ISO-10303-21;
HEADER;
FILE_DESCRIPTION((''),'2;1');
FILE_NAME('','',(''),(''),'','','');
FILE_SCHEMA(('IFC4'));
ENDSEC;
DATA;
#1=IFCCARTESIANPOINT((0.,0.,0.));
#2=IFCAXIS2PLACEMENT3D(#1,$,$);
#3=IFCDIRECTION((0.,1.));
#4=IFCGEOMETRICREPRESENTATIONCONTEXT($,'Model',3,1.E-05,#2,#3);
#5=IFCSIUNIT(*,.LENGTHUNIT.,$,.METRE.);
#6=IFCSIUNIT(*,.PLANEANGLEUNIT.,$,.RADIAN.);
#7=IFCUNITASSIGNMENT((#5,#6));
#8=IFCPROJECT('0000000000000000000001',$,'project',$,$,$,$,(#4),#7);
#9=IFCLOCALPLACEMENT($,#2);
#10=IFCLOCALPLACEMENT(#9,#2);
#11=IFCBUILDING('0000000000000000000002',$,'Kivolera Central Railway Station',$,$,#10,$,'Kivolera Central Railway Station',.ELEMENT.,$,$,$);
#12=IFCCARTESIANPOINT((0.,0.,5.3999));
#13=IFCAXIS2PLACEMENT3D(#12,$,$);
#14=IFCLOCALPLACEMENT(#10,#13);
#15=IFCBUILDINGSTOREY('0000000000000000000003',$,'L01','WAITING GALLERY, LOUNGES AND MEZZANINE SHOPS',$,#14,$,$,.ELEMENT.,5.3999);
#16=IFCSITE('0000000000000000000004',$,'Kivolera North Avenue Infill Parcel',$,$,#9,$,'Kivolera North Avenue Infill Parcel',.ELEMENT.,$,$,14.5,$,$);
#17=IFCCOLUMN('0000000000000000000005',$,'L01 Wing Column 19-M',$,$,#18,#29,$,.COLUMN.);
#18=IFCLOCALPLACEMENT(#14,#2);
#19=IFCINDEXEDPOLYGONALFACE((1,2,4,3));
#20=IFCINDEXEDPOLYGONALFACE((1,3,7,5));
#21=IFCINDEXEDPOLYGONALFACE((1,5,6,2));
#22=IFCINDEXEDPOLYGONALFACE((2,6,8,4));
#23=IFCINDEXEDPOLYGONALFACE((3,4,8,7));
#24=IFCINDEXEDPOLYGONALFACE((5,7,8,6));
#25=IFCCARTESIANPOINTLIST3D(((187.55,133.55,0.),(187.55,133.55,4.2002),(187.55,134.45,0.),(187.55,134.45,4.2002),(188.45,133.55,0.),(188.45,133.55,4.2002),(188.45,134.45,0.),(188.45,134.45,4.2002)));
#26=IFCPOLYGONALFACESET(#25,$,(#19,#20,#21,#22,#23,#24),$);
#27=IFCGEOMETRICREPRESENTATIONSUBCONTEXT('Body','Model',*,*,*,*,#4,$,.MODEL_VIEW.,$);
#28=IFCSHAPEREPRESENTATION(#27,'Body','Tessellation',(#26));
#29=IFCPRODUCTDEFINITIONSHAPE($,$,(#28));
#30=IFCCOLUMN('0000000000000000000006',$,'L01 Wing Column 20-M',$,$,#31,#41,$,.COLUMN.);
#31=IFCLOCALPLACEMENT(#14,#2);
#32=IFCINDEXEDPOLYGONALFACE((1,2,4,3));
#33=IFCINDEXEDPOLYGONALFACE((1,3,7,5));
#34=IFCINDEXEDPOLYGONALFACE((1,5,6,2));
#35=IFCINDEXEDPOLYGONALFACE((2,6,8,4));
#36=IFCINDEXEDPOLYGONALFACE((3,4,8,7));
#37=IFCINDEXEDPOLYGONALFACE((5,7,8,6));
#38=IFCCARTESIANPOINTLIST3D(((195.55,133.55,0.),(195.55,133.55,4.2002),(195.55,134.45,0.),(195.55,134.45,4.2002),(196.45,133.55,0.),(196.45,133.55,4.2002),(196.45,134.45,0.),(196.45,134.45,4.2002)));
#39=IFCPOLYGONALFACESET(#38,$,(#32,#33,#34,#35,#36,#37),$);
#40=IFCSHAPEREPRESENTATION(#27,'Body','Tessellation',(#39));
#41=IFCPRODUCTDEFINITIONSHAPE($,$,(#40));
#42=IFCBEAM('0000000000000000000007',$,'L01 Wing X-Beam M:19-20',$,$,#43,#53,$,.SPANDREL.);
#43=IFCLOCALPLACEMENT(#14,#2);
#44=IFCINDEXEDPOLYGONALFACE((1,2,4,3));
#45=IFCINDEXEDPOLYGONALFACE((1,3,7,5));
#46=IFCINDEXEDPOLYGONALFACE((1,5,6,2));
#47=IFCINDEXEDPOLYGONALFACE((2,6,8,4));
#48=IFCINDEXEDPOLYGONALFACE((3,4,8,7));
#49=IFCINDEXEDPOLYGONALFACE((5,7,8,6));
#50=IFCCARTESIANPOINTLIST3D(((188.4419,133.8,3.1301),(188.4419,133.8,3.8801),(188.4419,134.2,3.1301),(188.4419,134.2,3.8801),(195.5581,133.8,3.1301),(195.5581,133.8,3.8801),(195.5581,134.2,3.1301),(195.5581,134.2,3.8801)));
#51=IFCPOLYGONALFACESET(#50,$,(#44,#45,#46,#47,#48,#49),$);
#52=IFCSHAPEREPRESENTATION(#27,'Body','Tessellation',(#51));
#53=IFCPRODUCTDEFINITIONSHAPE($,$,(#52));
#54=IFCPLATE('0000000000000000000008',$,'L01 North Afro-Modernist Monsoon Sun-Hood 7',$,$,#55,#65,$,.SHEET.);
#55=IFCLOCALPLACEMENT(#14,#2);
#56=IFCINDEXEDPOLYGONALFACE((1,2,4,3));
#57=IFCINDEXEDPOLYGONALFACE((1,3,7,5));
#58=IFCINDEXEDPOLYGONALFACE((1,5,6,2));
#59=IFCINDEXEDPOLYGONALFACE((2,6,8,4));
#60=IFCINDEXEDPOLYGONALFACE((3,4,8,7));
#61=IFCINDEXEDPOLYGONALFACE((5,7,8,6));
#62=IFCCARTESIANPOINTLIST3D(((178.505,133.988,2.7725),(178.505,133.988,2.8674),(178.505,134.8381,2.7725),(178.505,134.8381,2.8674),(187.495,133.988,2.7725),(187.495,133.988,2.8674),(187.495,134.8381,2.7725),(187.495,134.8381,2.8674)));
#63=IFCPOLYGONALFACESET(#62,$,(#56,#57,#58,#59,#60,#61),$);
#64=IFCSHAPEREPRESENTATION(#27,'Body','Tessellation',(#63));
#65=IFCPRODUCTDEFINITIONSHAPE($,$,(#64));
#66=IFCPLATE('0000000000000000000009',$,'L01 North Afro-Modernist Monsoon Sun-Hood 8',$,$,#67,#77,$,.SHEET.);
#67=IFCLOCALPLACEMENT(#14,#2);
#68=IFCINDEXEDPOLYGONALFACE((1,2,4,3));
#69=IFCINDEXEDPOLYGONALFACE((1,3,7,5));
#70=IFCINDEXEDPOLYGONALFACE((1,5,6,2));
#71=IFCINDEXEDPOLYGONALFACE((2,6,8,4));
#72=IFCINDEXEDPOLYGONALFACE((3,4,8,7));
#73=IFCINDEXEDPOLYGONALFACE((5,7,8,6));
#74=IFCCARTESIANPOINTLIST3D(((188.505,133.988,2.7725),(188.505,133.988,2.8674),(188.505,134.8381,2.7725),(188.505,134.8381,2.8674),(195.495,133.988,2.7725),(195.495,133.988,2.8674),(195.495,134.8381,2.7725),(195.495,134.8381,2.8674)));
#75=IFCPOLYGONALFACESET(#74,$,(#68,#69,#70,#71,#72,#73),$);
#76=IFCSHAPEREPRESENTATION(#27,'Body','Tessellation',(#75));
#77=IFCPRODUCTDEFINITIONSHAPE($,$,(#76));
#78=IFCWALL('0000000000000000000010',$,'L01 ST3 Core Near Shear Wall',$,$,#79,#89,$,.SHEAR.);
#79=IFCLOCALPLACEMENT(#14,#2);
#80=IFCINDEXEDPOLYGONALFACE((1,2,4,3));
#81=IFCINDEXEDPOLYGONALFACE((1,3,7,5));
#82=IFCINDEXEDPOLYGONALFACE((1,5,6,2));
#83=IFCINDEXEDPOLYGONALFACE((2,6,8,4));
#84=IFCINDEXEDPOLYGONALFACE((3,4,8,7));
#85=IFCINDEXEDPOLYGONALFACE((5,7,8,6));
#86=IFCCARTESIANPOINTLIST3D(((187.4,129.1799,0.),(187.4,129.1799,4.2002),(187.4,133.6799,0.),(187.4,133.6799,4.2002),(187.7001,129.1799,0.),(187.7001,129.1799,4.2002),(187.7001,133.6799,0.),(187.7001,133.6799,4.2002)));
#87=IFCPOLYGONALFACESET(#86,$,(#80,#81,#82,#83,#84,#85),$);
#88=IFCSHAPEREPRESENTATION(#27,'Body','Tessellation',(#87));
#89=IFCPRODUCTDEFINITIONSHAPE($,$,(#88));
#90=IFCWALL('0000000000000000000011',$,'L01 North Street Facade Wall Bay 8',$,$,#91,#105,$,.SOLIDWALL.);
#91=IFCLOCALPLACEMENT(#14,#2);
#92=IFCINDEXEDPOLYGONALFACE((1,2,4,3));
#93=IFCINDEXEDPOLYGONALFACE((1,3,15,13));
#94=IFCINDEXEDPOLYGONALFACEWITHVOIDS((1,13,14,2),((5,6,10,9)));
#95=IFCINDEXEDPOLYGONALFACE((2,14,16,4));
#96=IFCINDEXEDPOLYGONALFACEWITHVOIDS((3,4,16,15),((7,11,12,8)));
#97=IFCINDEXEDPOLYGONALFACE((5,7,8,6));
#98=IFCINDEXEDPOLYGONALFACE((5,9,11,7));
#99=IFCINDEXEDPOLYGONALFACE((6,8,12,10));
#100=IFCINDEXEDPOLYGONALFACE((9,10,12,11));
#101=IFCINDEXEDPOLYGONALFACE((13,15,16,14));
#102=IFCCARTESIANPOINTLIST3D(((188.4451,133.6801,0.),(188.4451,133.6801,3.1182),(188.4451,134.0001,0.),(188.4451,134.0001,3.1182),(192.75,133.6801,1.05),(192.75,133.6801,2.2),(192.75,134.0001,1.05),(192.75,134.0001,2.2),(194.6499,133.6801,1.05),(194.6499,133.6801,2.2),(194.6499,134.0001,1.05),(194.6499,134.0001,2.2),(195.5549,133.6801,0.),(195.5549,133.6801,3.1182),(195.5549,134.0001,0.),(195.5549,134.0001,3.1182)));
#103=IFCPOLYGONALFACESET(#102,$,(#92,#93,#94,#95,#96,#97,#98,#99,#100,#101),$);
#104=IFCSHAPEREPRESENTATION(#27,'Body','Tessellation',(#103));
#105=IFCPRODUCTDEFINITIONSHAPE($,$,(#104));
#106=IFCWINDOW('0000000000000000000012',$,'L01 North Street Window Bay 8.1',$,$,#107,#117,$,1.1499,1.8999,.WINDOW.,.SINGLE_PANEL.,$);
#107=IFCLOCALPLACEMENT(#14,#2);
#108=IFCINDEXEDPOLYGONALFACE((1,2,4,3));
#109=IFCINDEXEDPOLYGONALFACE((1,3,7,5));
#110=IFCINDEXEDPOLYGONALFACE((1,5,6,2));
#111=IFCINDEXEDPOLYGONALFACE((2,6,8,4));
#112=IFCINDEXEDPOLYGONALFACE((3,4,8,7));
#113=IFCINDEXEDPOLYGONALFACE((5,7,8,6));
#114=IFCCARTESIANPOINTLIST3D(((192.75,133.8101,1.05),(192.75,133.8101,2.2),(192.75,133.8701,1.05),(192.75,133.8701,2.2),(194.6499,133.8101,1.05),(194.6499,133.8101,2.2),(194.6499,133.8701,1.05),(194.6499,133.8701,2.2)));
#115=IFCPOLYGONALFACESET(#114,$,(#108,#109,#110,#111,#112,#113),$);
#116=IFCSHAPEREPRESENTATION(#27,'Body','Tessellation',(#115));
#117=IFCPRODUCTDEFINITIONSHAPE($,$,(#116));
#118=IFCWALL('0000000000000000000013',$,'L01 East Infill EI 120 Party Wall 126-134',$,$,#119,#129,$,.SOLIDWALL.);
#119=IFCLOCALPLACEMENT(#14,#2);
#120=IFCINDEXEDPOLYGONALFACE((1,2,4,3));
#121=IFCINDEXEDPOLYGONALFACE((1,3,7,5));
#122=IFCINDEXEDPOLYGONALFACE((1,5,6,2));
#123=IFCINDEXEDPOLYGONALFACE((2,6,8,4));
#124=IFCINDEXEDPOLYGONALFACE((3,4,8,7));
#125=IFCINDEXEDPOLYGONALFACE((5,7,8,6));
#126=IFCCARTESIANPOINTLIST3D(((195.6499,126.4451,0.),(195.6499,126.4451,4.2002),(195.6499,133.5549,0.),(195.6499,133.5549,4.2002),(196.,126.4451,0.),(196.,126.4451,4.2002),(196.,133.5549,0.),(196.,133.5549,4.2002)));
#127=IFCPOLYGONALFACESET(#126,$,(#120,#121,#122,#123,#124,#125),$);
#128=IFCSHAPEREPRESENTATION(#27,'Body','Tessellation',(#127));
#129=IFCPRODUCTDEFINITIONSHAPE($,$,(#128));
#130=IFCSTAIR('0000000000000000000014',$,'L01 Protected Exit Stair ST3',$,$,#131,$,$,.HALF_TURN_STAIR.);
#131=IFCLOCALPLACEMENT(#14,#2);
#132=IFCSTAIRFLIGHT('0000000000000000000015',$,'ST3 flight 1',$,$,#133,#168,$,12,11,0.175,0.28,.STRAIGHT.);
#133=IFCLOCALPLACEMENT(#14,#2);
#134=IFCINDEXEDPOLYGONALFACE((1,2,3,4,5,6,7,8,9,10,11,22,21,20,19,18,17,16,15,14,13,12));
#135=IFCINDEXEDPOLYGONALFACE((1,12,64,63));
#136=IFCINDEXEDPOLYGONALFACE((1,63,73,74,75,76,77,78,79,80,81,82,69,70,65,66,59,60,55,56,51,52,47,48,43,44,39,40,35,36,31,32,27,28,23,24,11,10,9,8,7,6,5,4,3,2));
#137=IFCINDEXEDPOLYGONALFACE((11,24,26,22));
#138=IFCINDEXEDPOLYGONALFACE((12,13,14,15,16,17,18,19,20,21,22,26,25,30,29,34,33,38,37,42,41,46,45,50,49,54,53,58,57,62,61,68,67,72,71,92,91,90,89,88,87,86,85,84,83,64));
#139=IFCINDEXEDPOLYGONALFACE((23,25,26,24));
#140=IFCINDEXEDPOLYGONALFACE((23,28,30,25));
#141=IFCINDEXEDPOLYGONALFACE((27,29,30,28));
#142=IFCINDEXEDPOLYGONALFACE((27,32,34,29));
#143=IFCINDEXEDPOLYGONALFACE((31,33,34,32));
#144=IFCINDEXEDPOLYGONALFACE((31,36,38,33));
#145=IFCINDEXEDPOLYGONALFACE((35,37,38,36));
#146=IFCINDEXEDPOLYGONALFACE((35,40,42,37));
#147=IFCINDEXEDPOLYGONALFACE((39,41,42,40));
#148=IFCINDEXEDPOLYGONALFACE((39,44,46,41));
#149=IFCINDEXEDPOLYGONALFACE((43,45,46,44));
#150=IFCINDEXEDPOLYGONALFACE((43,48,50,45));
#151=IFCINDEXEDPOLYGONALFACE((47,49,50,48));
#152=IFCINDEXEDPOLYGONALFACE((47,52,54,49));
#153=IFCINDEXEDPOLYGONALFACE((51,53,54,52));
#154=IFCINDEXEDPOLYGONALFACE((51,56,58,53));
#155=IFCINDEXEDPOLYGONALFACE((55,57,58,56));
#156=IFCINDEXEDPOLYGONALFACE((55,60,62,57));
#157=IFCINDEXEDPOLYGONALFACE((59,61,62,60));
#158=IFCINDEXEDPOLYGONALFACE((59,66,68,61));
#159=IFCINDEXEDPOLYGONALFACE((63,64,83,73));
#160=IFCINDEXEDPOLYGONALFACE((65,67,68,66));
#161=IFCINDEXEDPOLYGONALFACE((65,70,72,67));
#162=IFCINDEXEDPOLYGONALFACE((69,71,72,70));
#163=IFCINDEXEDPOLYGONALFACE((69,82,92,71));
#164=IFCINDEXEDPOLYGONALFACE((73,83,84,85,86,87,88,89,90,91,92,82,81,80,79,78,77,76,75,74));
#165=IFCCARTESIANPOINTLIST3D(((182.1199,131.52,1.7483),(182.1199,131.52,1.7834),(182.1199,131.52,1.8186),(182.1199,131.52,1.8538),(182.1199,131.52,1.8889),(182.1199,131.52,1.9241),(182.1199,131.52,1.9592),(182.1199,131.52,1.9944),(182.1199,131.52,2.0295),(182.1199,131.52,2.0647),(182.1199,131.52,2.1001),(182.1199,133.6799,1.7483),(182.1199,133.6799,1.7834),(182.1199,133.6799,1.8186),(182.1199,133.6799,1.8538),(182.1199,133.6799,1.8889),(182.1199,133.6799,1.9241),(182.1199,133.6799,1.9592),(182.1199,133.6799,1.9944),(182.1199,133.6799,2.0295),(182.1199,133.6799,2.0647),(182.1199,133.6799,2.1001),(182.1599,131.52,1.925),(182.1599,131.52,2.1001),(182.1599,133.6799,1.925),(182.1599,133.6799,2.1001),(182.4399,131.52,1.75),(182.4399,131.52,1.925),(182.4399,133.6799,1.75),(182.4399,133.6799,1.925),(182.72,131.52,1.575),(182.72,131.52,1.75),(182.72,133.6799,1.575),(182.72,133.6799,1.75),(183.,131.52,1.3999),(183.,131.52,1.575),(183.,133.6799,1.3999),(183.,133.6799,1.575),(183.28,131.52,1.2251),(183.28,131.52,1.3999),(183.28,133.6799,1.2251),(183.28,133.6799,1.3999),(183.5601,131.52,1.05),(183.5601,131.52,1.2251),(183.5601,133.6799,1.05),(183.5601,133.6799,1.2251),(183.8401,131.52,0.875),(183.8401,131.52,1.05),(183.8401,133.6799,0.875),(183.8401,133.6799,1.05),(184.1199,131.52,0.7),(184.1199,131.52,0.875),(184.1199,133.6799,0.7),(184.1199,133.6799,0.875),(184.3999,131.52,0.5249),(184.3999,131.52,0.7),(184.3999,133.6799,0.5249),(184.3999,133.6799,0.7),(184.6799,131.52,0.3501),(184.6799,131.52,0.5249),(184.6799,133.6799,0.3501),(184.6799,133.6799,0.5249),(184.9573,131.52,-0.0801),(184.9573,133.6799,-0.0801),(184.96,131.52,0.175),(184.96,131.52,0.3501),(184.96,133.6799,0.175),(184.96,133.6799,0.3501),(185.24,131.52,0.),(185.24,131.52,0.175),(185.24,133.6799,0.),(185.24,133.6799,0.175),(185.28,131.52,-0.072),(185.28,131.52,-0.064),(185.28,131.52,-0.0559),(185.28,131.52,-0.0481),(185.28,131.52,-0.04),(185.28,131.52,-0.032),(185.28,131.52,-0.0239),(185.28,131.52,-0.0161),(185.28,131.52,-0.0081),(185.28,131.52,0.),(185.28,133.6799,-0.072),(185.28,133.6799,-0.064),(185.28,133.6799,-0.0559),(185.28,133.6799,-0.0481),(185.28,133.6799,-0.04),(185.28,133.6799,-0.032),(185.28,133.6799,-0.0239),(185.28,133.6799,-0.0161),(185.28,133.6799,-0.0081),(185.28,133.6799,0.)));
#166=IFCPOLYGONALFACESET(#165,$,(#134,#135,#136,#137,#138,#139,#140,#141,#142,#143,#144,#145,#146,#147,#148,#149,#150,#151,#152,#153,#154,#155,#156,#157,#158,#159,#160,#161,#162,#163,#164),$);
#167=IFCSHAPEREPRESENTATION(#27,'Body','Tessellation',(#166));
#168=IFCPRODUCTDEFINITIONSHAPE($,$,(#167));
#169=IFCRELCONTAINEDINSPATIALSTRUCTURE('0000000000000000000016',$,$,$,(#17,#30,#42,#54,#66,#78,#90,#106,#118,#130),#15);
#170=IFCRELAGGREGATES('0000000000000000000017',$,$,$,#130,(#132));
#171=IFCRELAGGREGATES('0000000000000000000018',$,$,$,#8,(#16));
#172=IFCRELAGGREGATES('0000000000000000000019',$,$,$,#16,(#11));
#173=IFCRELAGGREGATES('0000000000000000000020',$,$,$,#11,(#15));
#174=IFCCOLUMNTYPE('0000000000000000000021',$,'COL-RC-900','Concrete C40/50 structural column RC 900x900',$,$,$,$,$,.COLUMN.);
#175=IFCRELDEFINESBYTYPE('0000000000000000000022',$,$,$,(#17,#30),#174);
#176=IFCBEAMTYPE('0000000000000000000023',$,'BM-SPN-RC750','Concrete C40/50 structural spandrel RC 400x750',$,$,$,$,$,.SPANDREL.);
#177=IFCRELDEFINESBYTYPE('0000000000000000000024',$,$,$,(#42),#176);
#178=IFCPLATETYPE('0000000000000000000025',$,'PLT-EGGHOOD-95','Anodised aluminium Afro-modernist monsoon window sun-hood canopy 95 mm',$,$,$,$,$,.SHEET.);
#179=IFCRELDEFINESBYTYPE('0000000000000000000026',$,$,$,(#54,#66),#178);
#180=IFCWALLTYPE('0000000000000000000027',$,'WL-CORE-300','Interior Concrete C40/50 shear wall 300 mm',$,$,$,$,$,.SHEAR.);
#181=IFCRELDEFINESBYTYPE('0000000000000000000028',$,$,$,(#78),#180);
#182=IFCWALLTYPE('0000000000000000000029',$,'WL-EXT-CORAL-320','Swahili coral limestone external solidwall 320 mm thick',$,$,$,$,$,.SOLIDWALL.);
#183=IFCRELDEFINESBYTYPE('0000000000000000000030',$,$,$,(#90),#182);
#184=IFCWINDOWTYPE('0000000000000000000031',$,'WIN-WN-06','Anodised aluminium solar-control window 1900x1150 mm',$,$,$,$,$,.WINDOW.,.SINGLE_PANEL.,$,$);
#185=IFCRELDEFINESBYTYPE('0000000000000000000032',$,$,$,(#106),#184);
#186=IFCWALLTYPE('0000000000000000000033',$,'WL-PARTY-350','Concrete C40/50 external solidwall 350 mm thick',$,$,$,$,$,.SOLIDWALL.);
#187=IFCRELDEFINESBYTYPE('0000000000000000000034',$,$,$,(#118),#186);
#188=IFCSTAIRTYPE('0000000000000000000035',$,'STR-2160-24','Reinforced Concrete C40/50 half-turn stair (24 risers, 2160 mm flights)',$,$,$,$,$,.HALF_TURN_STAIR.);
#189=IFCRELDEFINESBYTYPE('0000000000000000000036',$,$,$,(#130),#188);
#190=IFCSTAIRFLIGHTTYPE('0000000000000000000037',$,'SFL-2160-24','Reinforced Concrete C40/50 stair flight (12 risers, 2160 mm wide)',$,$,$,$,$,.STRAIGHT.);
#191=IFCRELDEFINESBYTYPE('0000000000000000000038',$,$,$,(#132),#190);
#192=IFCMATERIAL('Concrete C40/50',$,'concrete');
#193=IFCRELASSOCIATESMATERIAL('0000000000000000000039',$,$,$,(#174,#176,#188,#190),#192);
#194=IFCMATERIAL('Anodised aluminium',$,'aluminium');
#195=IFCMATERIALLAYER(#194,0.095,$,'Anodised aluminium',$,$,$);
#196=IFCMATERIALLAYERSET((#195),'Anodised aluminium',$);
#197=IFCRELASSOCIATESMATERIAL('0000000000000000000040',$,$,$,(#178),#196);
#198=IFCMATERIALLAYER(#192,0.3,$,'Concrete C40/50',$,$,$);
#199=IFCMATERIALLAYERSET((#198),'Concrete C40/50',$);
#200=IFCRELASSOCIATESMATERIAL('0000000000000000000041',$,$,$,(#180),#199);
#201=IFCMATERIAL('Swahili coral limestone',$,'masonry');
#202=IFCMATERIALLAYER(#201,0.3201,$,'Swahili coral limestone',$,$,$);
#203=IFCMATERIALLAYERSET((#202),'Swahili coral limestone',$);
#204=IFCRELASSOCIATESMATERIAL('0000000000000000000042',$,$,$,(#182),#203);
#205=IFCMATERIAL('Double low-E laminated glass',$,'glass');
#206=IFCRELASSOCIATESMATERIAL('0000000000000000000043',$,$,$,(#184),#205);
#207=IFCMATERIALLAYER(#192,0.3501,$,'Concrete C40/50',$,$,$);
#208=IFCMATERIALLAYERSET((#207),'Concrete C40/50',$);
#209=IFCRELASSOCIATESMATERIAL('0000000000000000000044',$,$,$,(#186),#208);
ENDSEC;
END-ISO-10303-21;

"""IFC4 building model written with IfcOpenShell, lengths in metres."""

from ifc_helpers import new_model, si_unit, direction, frame, frame_2d, origin, origin_2d, place, context, subcontext, project, spatial, polyline, rectangle, outline, extrude, material, layer, layer_set, material_profile, profile_set, type_object, element, fill, aggregate, save


model = new_model("IFC4")

# Units and contexts
model_context = context("Model", 3, precision=1e-05, world=origin(), true_north=direction((0.0, 1.0)))
body_context = subcontext(model_context, "Body", "Model", "MODEL_VIEW")
ifc_project = project(units=[si_unit("LENGTHUNIT", "METRE"), si_unit("PLANEANGLEUNIT", "RADIAN")], contexts=[model_context])

# Site, building, storey
site_placement = place(None, origin())
site = spatial("IfcSite", under=ifc_project, at=site_placement, Name="Kivolera North Avenue Infill Parcel", LongName="Kivolera North Avenue Infill Parcel", CompositionType="ELEMENT", RefElevation=14.5)
building_placement = place(site_placement, origin())
building = spatial("IfcBuilding", under=site, at=building_placement, Name="Kivolera Central Railway Station", LongName="Kivolera Central Railway Station", CompositionType="ELEMENT")
storey_placement = place(building_placement, frame((0.0, 0.0, 5.3999)))
storey = spatial("IfcBuildingStorey", under=building, at=storey_placement, Name="L01", Description="WAITING GALLERY, LOUNGES AND MEZZANINE SHOPS", CompositionType="ELEMENT", Elevation=5.3999)

# Columns
ifc_material_1 = material(Name="Concrete C40/50", Category="concrete")
ifc_material_profile_1 = material_profile(ifc_material_1, rectangle(XDim=0.8999, YDim=0.8999, at=origin_2d()), Name="RC 900x900")
ifc_profile_set_1 = profile_set([ifc_material_profile_1], Name="Concrete C40/50")
column_type = type_object("IfcColumnType", Name="COL-RC-900", Description="Concrete C40/50 structural column RC 900x900", PredefinedType="COLUMN", material=ifc_profile_set_1)
for number, where, z_axis, x_axis, name in (
    (1, (188.0, 134.0, 0.0), (0.0, 0.0, 1.0), (1.0, 0.0, 0.0), "L01 Wing Column 19-M"),
    (2, (196.0, 134.0, 0.0), (0.0, 0.0, 1.0), (1.0, 0.0, 0.0), "L01 Wing Column 20-M"),
):
    element("IfcColumn", number, at=place(storey_placement, frame(where, z_axis=z_axis, x_axis=x_axis)), inside=storey, type_object=column_type, Name=name, PredefinedType="COLUMN", context=body_context, shape_type="SweptSolid", body=[
        extrude(rectangle(XDim=0.8999, YDim=0.8999, at=origin_2d()), origin(), (0.0, 0.0, 1.0), 4.2002),
    ])

# Beam
ifc_material_profile_2 = material_profile(ifc_material_1, rectangle(XDim=0.3999, YDim=0.75, at=origin_2d()), Name="RC 400x750")
ifc_profile_set_2 = profile_set([ifc_material_profile_2], Name="Concrete C40/50")
beam_type = type_object("IfcBeamType", Name="BM-SPN-RC750", Description="Concrete C40/50 structural spandrel RC 400x750", PredefinedType="SPANDREL", material=ifc_profile_set_2)
beam_placement = place(storey_placement, frame((188.4419, 134.0, 3.5051), z_axis=(1.0, 0.0, 0.0), x_axis=(0.0, 1.0, 0.0)))
element("IfcBeam", 3, at=beam_placement, inside=storey, type_object=beam_type, Name="L01 Wing X-Beam M:19-20", PredefinedType="SPANDREL", context=body_context, shape_type="SweptSolid", body=[
    extrude(rectangle(XDim=0.3999, YDim=0.75, at=origin_2d()), origin(), (0.0, 0.0, 1.0), 7.1162),
])

# Plates
ifc_material_2 = material(Name="Anodised aluminium", Category="aluminium")
ifc_layer_1 = layer(ifc_material_2, 0.095, Name="Anodised aluminium")
ifc_layer_set_1 = layer_set([ifc_layer_1], Name="Anodised aluminium")
plate_type = type_object("IfcPlateType", Name="PLT-EGGHOOD-95", Description="Anodised aluminium Afro-modernist monsoon window sun-hood canopy 95 mm", PredefinedType="SHEET", material=ifc_layer_set_1)
plate_1_placement = place(storey_placement, frame((183.0, 134.4131, 2.7725), z_axis=(0.0, 0.0, 1.0), x_axis=(1.0, 0.0, 0.0)))
element("IfcPlate", 4, at=plate_1_placement, inside=storey, type_object=plate_type, Name="L01 North Afro-Modernist Monsoon Sun-Hood 7", PredefinedType="SHEET", context=body_context, shape_type="SweptSolid", body=[
    extrude(rectangle(XDim=8.99, YDim=0.8501, at=origin_2d()), origin(), (0.0, 0.0, 1.0), 0.095),
])
plate_2_placement = place(storey_placement, frame((192.0, 134.4131, 2.7725), z_axis=(0.0, 0.0, 1.0), x_axis=(1.0, 0.0, 0.0)))
element("IfcPlate", 5, at=plate_2_placement, inside=storey, type_object=plate_type, Name="L01 North Afro-Modernist Monsoon Sun-Hood 8", PredefinedType="SHEET", context=body_context, shape_type="SweptSolid", body=[
    extrude(rectangle(XDim=6.99, YDim=0.8501, at=origin_2d()), origin(), (0.0, 0.0, 1.0), 0.095),
])

# Wall
ifc_layer_2 = layer(ifc_material_1, 0.3, Name="Concrete C40/50")
ifc_layer_set_2 = layer_set([ifc_layer_2], Name="Concrete C40/50")
wall_type_1 = type_object("IfcWallType", Name="WL-CORE-300", Description="Interior Concrete C40/50 shear wall 300 mm", PredefinedType="SHEAR", material=ifc_layer_set_2)
wall_1_placement = place(storey_placement, frame((187.55, 133.6799, 0.0), z_axis=(0.0, 0.0, 1.0), x_axis=(0.0, -1.0, 0.0)))
element("IfcWall", 6, at=wall_1_placement, inside=storey, type_object=wall_type_1, Name="L01 ST3 Core Near Shear Wall", PredefinedType="SHEAR", context=body_context, shape_type="SweptSolid", body=[
    extrude(rectangle(XDim=4.5, YDim=0.3, at=frame_2d((2.25, 0.0))), origin(), (0.0, 0.0, 1.0), 4.2002),
])

# Wall, opening, window
ifc_material_3 = material(Name="Swahili coral limestone", Category="masonry")
ifc_layer_3 = layer(ifc_material_3, 0.3201, Name="Swahili coral limestone")
ifc_layer_set_3 = layer_set([ifc_layer_3], Name="Swahili coral limestone")
wall_type_2 = type_object("IfcWallType", Name="WL-EXT-CORAL-320", Description="Swahili coral limestone external solidwall 320 mm thick", PredefinedType="SOLIDWALL", material=ifc_layer_set_3)
wall_2_placement = place(storey_placement, frame((188.4451, 133.8401, 0.0), z_axis=(0.0, 0.0, 1.0), x_axis=(1.0, 0.0, 0.0)))
wall_2 = element("IfcWall", 7, at=wall_2_placement, inside=storey, type_object=wall_type_2, Name="L01 North Street Facade Wall Bay 8", PredefinedType="SOLIDWALL", context=body_context, shape_type="SweptSolid", body=[
    extrude(rectangle(XDim=7.1099, YDim=0.3201, at=frame_2d((3.5549, 0.0))), origin(), (0.0, 0.0, 1.0), 3.1182),
])
opening_placement = place(wall_2_placement, frame((4.3049, 0.0, 1.05)))
opening = element("IfcOpeningElement", 8, at=opening_placement, cuts=wall_2, PredefinedType="OPENING", context=body_context, shape_type="SweptSolid", body=[
    extrude(rectangle(XDim=1.8999, YDim=1.1499, at=frame_2d((0.95, 0.575))), frame((0.0, 0.1699, 0.0), z_axis=(0.0, -1.0, 0.0), x_axis=(1.0, 0.0, 0.0)), (0.0, 0.0, 1.0), 0.3401),
])
ifc_material_4 = material(Name="Double low-E laminated glass", Category="glass")
window_type = type_object("IfcWindowType", Name="WIN-WN-06", Description="Anodised aluminium solar-control window 1900x1150 mm", PartitioningType="SINGLE_PANEL", PredefinedType="WINDOW", material=ifc_material_4)
window_placement = place(opening_placement, origin())
window = element("IfcWindow", 9, at=window_placement, inside=storey, type_object=window_type, Name="L01 North Street Window Bay 8.1", OverallHeight=1.1499, OverallWidth=1.8999, PartitioningType="SINGLE_PANEL", PredefinedType="WINDOW", context=body_context, shape_type="SweptSolid", body=[
    extrude(rectangle(XDim=1.8999, YDim=1.1499, at=frame_2d((0.95, 0.575))), frame((0.0, 0.03, 0.0), z_axis=(0.0, -1.0, 0.0), x_axis=(1.0, 0.0, 0.0)), (0.0, 0.0, 1.0), 0.0601),
])
fill(opening, window)

# Wall
ifc_layer_4 = layer(ifc_material_1, 0.3501, Name="Concrete C40/50")
ifc_layer_set_4 = layer_set([ifc_layer_4], Name="Concrete C40/50")
wall_type_3 = type_object("IfcWallType", Name="WL-PARTY-350", Description="Concrete C40/50 external solidwall 350 mm thick", PredefinedType="SOLIDWALL", material=ifc_layer_set_4)
wall_3_placement = place(storey_placement, frame((195.825, 133.5549, 0.0), z_axis=(0.0, 0.0, 1.0), x_axis=(0.0, -1.0, 0.0)))
element("IfcWall", 10, at=wall_3_placement, inside=storey, type_object=wall_type_3, Name="L01 East Infill EI 120 Party Wall 126-134", PredefinedType="SOLIDWALL", context=body_context, shape_type="SweptSolid", body=[
    extrude(rectangle(XDim=7.1099, YDim=0.3501, at=frame_2d((3.5549, 0.0))), origin(), (0.0, 0.0, 1.0), 4.2002),
])

# Stair, stair flight
stair_type = type_object("IfcStairType", Name="STR-2160-24", Description="Reinforced Concrete C40/50 half-turn stair (24 risers, 2160 mm flights)", PredefinedType="HALF_TURN_STAIR", material=ifc_material_1)
stair_placement = place(storey_placement, origin())
stair = element("IfcStair", 11, at=stair_placement, inside=storey, type_object=stair_type, Name="L01 Protected Exit Stair ST3", PredefinedType="HALF_TURN_STAIR")
stair_flight_type = type_object("IfcStairFlightType", Name="SFL-2160-24", Description="Reinforced Concrete C40/50 stair flight (12 risers, 2160 mm wide)", PredefinedType="STRAIGHT", material=ifc_material_1)
stair_flight_placement = place(storey_placement, frame((185.24, 132.6001, 0.0), z_axis=(0.0, 0.0, 1.0), x_axis=(-1.0, 0.0, 0.0)))
stair_flight = element("IfcStairFlight", 12, at=stair_flight_placement, type_object=stair_flight_type, Name="ST3 flight 1", NumberOfRisers=12, NumberOfTreads=11, PredefinedType="STRAIGHT", RiserHeight=0.175, TreadLength=0.28, context=body_context, shape_type="SweptSolid", body=[
    extrude(outline(polyline([(-0.04, 0.0), (0.0, 0.0), (0.0, 0.175), (0.28, 0.175), (0.28, 0.3501), (0.5601, 0.3501), (0.5601, 0.5249), (0.8401, 0.5249), (0.8401, 0.7), (1.1201, 0.7), (1.1201, 0.875), (1.3999, 0.875), (1.3999, 1.05), (1.6799, 1.05), (1.6799, 1.2251), (1.96, 1.2251), (1.96, 1.3999), (2.24, 1.3999), (2.24, 1.575), (2.52, 1.575), (2.52, 1.75), (2.8, 1.75), (2.8, 1.925), (3.0801, 1.925), (3.0801, 2.1001), (3.1201, 2.1001), (3.1201, 2.0647), (3.1201, 2.0295), (3.1201, 1.9944), (3.1201, 1.9592), (3.1201, 1.9241), (3.1201, 1.8889), (3.1201, 1.8538), (3.1201, 1.8186), (3.1201, 1.7834), (3.1201, 1.7483), (0.2827, -0.0801), (-0.04, -0.072), (-0.04, -0.064), (-0.04, -0.0559), (-0.04, -0.0481), (-0.04, -0.04), (-0.04, -0.032), (-0.04, -0.0239), (-0.04, -0.0161), (-0.04, -0.0081), (-0.04, 0.0)])), frame((0.0, 1.0801, 0.0), z_axis=(0.0, -1.0, 0.0), x_axis=(1.0, 0.0, 0.0)), (0.0, 0.0, 1.0), 2.1599),
])
aggregate(stair, [stair_flight])

save(model, "model.ifc")
